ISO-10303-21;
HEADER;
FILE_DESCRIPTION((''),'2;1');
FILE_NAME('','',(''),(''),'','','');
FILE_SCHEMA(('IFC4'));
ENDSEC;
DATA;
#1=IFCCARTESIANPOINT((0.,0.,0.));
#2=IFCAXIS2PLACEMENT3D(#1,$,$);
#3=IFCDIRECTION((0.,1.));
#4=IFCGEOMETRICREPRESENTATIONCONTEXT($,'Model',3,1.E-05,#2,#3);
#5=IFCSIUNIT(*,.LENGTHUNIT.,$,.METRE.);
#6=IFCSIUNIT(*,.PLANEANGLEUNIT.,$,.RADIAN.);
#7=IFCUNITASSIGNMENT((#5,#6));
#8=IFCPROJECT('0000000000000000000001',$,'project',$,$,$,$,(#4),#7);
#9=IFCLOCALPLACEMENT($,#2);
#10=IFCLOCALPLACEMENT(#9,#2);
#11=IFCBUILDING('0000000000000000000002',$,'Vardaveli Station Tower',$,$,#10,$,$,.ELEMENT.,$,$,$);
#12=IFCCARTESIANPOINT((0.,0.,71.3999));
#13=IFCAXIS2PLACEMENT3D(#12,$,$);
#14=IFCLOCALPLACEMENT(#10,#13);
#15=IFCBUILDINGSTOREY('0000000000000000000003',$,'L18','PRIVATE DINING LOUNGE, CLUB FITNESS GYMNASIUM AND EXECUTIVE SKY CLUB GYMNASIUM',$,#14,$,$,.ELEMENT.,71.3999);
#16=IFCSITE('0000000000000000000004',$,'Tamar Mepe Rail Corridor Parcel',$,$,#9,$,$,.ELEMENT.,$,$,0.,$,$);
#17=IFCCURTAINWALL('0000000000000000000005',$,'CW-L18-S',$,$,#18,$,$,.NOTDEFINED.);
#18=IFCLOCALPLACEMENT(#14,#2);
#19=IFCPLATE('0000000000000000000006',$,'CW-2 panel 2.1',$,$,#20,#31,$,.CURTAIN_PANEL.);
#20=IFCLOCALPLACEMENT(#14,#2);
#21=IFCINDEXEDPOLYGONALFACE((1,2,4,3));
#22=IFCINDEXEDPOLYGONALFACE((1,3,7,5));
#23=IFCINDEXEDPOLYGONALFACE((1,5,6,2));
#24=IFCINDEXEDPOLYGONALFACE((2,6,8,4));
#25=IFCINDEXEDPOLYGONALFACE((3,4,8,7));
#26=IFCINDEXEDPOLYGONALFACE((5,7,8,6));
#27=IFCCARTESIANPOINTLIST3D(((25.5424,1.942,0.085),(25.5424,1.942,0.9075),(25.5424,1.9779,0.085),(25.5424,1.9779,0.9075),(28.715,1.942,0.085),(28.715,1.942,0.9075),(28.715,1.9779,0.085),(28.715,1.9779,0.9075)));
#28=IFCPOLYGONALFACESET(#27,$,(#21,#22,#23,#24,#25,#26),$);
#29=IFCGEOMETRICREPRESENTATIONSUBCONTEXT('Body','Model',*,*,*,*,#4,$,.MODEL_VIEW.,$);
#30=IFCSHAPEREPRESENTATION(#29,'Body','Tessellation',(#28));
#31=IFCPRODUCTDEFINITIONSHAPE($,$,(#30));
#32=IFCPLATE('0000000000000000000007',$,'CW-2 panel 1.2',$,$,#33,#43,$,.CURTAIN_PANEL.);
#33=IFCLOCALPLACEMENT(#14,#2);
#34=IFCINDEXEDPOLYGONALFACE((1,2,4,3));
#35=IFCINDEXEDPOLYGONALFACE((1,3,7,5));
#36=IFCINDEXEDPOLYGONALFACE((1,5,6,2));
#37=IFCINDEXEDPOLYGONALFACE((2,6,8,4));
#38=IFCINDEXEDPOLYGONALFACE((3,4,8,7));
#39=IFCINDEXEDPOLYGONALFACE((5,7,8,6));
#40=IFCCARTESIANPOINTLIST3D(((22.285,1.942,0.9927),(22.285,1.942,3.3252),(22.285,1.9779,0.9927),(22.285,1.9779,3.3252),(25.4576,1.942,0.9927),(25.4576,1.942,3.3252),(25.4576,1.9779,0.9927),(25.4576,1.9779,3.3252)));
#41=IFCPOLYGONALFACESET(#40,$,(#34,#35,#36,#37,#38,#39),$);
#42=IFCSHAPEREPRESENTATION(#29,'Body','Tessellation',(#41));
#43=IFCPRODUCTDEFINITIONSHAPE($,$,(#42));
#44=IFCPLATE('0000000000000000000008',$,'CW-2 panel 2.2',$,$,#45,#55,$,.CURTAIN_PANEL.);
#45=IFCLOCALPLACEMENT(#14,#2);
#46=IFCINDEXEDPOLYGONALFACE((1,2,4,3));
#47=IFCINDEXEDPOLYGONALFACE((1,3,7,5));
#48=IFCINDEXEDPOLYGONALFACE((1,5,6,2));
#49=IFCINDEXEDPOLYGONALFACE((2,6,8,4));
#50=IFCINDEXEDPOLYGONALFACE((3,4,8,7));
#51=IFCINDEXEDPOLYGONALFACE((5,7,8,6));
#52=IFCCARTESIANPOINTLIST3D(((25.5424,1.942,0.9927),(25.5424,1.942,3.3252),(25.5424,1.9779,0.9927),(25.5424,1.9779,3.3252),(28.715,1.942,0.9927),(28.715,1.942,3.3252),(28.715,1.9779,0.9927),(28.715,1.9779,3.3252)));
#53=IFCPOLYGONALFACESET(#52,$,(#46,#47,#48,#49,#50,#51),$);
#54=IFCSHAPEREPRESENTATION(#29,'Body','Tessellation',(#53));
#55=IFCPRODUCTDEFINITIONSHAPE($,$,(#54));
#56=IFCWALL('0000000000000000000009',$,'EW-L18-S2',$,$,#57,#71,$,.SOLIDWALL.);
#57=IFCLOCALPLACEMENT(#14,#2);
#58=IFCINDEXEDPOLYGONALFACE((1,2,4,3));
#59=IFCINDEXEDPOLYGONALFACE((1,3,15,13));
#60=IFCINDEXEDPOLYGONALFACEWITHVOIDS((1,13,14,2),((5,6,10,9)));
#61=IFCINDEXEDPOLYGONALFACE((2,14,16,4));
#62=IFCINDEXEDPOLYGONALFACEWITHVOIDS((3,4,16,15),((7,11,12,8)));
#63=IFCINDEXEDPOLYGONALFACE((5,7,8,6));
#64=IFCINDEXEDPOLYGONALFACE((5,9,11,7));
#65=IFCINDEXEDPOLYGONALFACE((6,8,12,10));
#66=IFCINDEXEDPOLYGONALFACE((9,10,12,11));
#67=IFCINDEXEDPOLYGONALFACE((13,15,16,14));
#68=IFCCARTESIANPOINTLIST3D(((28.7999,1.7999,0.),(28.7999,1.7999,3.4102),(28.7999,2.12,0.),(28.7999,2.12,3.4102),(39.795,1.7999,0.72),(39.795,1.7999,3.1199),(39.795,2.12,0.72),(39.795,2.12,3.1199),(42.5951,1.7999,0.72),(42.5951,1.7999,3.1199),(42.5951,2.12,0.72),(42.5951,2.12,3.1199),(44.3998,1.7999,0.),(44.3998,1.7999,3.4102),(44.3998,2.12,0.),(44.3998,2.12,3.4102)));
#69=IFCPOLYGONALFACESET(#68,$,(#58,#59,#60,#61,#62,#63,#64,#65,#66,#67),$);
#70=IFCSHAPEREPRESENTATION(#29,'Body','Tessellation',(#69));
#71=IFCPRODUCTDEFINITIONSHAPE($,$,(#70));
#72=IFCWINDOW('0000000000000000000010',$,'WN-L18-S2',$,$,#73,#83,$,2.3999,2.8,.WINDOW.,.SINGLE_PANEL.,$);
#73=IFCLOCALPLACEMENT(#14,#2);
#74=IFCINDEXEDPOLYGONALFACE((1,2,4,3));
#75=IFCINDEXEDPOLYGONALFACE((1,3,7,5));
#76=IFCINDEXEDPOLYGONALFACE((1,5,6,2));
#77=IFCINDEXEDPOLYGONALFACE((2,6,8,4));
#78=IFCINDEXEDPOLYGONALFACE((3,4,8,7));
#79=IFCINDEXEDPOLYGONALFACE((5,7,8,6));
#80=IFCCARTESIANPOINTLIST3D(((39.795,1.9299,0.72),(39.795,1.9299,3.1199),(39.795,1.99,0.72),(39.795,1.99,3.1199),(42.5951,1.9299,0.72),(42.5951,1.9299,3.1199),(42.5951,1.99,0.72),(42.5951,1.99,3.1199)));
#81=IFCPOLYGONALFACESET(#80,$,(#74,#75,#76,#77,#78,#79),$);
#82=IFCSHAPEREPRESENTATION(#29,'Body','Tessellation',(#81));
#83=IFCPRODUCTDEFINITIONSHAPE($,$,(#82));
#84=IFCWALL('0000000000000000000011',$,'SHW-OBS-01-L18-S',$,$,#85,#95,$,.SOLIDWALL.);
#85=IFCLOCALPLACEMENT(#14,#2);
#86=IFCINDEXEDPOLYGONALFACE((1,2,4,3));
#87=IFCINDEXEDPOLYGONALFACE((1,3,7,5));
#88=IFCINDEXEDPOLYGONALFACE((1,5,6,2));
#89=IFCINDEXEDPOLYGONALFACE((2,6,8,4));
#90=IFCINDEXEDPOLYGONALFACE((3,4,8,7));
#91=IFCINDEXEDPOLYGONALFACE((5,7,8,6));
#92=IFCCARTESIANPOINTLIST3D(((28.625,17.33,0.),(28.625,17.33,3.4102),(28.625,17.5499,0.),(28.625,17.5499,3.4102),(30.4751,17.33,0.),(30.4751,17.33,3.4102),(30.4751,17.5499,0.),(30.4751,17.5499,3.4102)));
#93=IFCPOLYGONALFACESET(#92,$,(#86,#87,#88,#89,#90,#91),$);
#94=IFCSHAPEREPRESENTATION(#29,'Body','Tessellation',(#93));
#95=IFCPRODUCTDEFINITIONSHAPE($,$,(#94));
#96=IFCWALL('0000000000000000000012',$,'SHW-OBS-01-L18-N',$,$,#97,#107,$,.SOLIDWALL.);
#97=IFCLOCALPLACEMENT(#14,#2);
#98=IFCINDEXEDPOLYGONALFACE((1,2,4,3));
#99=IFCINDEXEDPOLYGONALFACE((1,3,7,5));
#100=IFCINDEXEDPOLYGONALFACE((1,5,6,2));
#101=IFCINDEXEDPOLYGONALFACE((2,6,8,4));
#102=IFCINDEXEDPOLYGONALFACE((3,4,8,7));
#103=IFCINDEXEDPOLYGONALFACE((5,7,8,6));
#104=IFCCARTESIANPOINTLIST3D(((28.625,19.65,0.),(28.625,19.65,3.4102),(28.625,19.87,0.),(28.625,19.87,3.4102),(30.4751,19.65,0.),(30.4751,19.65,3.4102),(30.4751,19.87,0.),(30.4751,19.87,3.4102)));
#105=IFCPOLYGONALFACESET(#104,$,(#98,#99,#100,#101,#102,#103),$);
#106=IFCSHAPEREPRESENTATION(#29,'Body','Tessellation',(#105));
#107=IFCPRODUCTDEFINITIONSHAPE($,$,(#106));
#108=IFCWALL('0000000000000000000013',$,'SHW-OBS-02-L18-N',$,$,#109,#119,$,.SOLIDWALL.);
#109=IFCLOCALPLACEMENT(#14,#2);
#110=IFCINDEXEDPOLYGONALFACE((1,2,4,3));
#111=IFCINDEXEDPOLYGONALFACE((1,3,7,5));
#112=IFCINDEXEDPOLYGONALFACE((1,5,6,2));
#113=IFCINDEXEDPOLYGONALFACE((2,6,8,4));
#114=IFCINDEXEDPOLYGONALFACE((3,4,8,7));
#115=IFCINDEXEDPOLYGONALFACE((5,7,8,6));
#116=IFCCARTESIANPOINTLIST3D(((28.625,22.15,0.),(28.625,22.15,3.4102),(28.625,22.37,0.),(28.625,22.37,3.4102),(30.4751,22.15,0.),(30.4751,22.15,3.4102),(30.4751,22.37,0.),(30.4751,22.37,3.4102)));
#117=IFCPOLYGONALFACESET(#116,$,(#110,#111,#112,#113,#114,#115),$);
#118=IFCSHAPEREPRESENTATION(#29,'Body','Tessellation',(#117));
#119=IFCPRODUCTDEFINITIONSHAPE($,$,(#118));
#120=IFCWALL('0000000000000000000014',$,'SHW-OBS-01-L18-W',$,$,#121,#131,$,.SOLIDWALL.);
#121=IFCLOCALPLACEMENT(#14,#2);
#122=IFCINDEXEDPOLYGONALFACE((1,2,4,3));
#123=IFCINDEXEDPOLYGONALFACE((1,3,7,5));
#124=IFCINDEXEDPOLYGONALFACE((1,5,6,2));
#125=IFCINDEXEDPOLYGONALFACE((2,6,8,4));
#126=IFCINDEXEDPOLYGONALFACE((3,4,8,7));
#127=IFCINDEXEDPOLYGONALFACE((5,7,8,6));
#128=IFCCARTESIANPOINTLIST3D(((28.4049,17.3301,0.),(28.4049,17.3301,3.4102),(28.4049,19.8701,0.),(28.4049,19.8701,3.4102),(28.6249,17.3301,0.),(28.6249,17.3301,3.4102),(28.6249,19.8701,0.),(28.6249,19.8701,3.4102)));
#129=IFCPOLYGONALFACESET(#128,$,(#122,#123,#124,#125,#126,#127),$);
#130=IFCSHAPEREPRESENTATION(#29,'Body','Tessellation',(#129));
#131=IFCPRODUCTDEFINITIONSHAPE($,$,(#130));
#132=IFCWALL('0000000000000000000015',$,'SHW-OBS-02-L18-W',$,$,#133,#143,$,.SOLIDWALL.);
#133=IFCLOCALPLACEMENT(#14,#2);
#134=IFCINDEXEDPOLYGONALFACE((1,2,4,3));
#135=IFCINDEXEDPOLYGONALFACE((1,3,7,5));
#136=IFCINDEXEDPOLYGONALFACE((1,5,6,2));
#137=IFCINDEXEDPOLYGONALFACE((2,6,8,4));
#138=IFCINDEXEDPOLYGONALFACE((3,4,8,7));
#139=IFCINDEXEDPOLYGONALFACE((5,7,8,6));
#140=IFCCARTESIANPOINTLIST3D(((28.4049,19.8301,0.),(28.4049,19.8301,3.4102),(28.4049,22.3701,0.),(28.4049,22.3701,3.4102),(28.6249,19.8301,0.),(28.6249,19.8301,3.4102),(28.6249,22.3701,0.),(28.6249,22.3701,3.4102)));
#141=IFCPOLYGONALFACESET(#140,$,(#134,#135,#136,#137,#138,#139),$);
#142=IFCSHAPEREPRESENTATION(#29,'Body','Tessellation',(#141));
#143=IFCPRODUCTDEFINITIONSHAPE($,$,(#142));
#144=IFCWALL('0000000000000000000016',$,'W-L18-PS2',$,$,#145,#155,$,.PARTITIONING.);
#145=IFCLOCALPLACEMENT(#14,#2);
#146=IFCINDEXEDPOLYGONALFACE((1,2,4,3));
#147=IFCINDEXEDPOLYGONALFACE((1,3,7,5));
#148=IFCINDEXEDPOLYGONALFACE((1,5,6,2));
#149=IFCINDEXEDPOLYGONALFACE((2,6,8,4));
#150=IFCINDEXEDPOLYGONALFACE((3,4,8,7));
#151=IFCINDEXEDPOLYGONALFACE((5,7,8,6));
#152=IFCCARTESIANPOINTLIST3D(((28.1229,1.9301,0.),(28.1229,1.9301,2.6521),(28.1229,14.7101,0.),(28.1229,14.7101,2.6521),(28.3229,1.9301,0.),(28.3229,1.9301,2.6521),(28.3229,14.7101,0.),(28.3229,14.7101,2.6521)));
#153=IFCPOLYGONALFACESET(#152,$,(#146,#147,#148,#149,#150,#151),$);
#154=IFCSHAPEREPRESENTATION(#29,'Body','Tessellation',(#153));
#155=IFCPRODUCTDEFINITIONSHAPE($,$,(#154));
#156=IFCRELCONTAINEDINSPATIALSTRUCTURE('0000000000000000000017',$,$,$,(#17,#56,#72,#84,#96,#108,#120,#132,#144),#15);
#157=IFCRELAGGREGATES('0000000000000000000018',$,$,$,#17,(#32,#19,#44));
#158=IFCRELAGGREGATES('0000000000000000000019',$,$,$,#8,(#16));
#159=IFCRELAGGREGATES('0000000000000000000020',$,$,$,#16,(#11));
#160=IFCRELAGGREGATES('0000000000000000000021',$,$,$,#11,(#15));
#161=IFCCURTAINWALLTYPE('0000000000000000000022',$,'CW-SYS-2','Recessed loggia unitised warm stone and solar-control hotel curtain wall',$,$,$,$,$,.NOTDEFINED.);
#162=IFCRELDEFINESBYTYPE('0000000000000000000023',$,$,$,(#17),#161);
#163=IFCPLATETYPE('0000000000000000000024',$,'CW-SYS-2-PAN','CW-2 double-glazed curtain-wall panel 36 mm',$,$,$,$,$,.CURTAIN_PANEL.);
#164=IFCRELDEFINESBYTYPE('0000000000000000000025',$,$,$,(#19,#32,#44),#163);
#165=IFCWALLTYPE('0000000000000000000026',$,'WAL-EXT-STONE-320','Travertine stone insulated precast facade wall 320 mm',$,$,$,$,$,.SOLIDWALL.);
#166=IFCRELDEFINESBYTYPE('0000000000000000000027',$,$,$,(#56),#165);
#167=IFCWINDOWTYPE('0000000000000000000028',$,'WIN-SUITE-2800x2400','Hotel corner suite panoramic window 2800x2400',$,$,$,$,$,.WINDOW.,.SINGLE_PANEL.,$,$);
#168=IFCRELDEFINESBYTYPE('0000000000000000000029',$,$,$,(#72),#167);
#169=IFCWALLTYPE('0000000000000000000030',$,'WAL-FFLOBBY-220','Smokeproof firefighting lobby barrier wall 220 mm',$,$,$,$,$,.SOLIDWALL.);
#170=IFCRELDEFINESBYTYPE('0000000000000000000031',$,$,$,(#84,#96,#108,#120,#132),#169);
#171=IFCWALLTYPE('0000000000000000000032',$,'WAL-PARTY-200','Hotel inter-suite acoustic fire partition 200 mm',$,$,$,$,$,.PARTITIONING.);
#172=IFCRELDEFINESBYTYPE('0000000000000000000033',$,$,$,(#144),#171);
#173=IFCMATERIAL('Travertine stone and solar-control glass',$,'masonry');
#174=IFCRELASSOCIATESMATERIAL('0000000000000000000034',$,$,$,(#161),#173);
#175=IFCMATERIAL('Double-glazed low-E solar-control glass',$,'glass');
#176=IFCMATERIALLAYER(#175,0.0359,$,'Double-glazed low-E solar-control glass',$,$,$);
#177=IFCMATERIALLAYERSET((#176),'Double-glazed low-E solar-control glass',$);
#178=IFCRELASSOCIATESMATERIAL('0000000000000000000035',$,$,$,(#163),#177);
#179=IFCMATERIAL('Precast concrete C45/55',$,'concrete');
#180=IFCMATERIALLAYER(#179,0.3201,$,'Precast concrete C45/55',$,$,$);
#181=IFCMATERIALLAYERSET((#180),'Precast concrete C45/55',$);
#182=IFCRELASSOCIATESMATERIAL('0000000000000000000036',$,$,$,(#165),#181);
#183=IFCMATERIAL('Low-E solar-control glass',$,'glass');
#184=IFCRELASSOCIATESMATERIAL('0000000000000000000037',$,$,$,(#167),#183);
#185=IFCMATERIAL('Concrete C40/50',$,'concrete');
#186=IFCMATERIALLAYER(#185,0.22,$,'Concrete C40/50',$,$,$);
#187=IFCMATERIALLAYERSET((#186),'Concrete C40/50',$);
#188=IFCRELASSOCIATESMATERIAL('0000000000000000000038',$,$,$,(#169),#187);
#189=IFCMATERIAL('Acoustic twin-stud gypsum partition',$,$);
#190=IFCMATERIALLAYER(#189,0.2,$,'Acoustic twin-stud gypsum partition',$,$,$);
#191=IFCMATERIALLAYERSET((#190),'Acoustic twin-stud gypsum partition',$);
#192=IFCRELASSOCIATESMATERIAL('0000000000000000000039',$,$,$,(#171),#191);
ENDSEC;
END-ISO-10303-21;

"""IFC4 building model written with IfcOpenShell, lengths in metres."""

from ifc_helpers import new_model, si_unit, direction, frame, frame_2d, origin, origin_2d, place, context, subcontext, project, spatial, rectangle, extrude, source, transform, mapped, material, layer, layer_set, type_object, element, fill, aggregate, save


model = new_model("IFC4")

# Units and contexts
model_context = context("Model", 3, precision=1e-05, world=origin(), true_north=direction((0.0, 1.0)))
body_context = subcontext(model_context, "Body", "Model", "MODEL_VIEW")
ifc_project = project(units=[si_unit("LENGTHUNIT", "METRE"), si_unit("PLANEANGLEUNIT", "RADIAN")], contexts=[model_context])

# Site, building, storey
site_placement = place(None, origin())
site = spatial("IfcSite", under=ifc_project, at=site_placement, Name="Tamar Mepe Rail Corridor Parcel", CompositionType="ELEMENT", RefElevation=0.0)
building_placement = place(site_placement, origin())
building = spatial("IfcBuilding", under=site, at=building_placement, Name="Vardaveli Station Tower", CompositionType="ELEMENT")
storey_placement = place(building_placement, frame((0.0, 0.0, 71.3999)))
storey = spatial("IfcBuildingStorey", under=building, at=storey_placement, Name="L18", Description="PRIVATE DINING LOUNGE, CLUB FITNESS GYMNASIUM AND EXECUTIVE SKY CLUB GYMNASIUM", CompositionType="ELEMENT", Elevation=71.3999)

# Curtain wall, plates
ifc_material_1 = material(Name="Travertine stone and solar-control glass", Category="masonry")
curtain_wall_type = type_object("IfcCurtainWallType", Name="CW-SYS-2", Description="Recessed loggia unitised warm stone and solar-control hotel curtain wall", PredefinedType="NOTDEFINED", material=ifc_material_1)
curtain_wall_placement = place(storey_placement, origin())
curtain_wall = element("IfcCurtainWall", 1, at=curtain_wall_placement, inside=storey, type_object=curtain_wall_type, Name="CW-L18-S", PredefinedType="NOTDEFINED")
ifc_material_2 = material(Name="Double-glazed low-E solar-control glass", Category="glass")
ifc_layer_1 = layer(ifc_material_2, 0.0359, Name="Double-glazed low-E solar-control glass")
ifc_layer_set_1 = layer_set([ifc_layer_1], Name="Double-glazed low-E solar-control glass")
plate_type = type_object("IfcPlateType", Name="CW-SYS-2-PAN", Description="CW-2 double-glazed curtain-wall panel 36 mm", PredefinedType="CURTAIN_PANEL", material=ifc_layer_set_1)
shared_shape_1 = source(origin(), body_context, "Body", "SweptSolid", [
    extrude(rectangle(XDim=3.1726, YDim=0.0359, at=origin_2d()), origin(), (0.0, 0.0, 1.0), 0.8225),
])
plate_1_placement = place(storey_placement, frame((27.1287, 1.96, 0.085), z_axis=(0.0, 0.0, 1.0), x_axis=(1.0, 0.0, 0.0)))
plate_1 = element("IfcPlate", 2, at=plate_1_placement, type_object=plate_type, Name="CW-2 panel 2.1", PredefinedType="CURTAIN_PANEL", context=body_context, shape_type="MappedRepresentation", body=[
    mapped(shared_shape_1, transform((0.0, 0.0, 0.0), scale=1.0)),
])
shared_shape_2 = source(origin(), body_context, "Body", "SweptSolid", [
    extrude(rectangle(XDim=3.1726, YDim=0.0359, at=origin_2d()), origin(), (0.0, 0.0, 1.0), 2.3325),
])
plate_2_placement = place(storey_placement, frame((23.8713, 1.96, 0.9927), z_axis=(0.0, 0.0, 1.0), x_axis=(1.0, 0.0, 0.0)))
plate_2 = element("IfcPlate", 3, at=plate_2_placement, type_object=plate_type, Name="CW-2 panel 1.2", PredefinedType="CURTAIN_PANEL", context=body_context, shape_type="MappedRepresentation", body=[
    mapped(shared_shape_2, transform((0.0, 0.0, 0.0), scale=1.0)),
])
plate_3_placement = place(storey_placement, frame((27.1287, 1.96, 0.9927), z_axis=(0.0, 0.0, 1.0), x_axis=(1.0, 0.0, 0.0)))
plate_3 = element("IfcPlate", 4, at=plate_3_placement, type_object=plate_type, Name="CW-2 panel 2.2", PredefinedType="CURTAIN_PANEL", context=body_context, shape_type="MappedRepresentation", body=[
    mapped(shared_shape_2, transform((0.0, 0.0, 0.0), scale=1.0)),
])
aggregate(curtain_wall, [plate_2, plate_1, plate_3])

# Wall, opening, window
ifc_material_3 = material(Name="Precast concrete C45/55", Category="concrete")
ifc_layer_2 = layer(ifc_material_3, 0.3201, Name="Precast concrete C45/55")
ifc_layer_set_2 = layer_set([ifc_layer_2], Name="Precast concrete C45/55")
wall_type_1 = type_object("IfcWallType", Name="WAL-EXT-STONE-320", Description="Travertine stone insulated precast facade wall 320 mm", PredefinedType="SOLIDWALL", material=ifc_layer_set_2)
shared_shape_3 = source(origin(), body_context, "Body", "SweptSolid", [
    extrude(rectangle(XDim=15.5999, YDim=0.3201, at=frame_2d((7.7998, 0.0))), origin(), (0.0, 0.0, 1.0), 3.4102),
])
wall_1_placement = place(storey_placement, frame((28.8, 1.96, 0.0), z_axis=(0.0, 0.0, 1.0), x_axis=(1.0, 0.0, 0.0)))
wall_1 = element("IfcWall", 5, at=wall_1_placement, inside=storey, type_object=wall_type_1, Name="EW-L18-S2", PredefinedType="SOLIDWALL", context=body_context, shape_type="MappedRepresentation", body=[
    mapped(shared_shape_3, transform((0.0, 0.0, 0.0), scale=1.0)),
])
shared_shape_4 = source(origin(), body_context, "Body", "SweptSolid", [
    extrude(rectangle(XDim=2.8, YDim=2.3999, at=frame_2d((1.3999, 1.2))), frame((0.0, 0.1699, 0.0), z_axis=(0.0, -1.0, 0.0), x_axis=(1.0, 0.0, 0.0)), (0.0, 0.0, 1.0), 0.3401),
])
opening_1_placement = place(wall_1_placement, frame((10.9951, 0.0, 0.72)))
opening_1 = element("IfcOpeningElement", 6, at=opening_1_placement, cuts=wall_1, PredefinedType="OPENING", context=body_context, shape_type="MappedRepresentation", body=[
    mapped(shared_shape_4, transform((0.0, 0.0, 0.0), scale=1.0)),
])
ifc_material_4 = material(Name="Low-E solar-control glass", Category="glass")
window_type = type_object("IfcWindowType", Name="WIN-SUITE-2800x2400", Description="Hotel corner suite panoramic window 2800x2400", PartitioningType="SINGLE_PANEL", PredefinedType="WINDOW", material=ifc_material_4)
shared_shape_5 = source(origin(), body_context, "Body", "SweptSolid", [
    extrude(rectangle(XDim=2.8, YDim=2.3999, at=frame_2d((1.3999, 1.2))), frame((0.0, 0.03, 0.0), z_axis=(0.0, -1.0, 0.0), x_axis=(1.0, 0.0, 0.0)), (0.0, 0.0, 1.0), 0.0601),
])
window_placement = place(opening_1_placement, origin())
window = element("IfcWindow", 7, at=window_placement, inside=storey, type_object=window_type, Name="WN-L18-S2", OverallHeight=2.3999, OverallWidth=2.8, PartitioningType="SINGLE_PANEL", PredefinedType="WINDOW", context=body_context, shape_type="MappedRepresentation", body=[
    mapped(shared_shape_5, transform((0.0, 0.0, 0.0), scale=1.0)),
])
fill(opening_1, window)

# Walls
ifc_material_5 = material(Name="Concrete C40/50", Category="concrete")
ifc_layer_3 = layer(ifc_material_5, 0.22, Name="Concrete C40/50")
ifc_layer_set_3 = layer_set([ifc_layer_3], Name="Concrete C40/50")
wall_type_2 = type_object("IfcWallType", Name="WAL-FFLOBBY-220", Description="Smokeproof firefighting lobby barrier wall 220 mm", PredefinedType="SOLIDWALL", material=ifc_layer_set_3)
shared_shape_6 = source(origin(), body_context, "Body", "SweptSolid", [
    extrude(rectangle(XDim=1.8501, YDim=0.22, at=frame_2d((0.925, 0.0))), origin(), (0.0, 0.0, 1.0), 3.4102),
])
for number, where, z_axis, x_axis, name in (
    (8, (28.625, 17.4399, 0.0), (0.0, 0.0, 1.0), (1.0, 0.0, 0.0), "SHW-OBS-01-L18-S"),
    (9, (28.625, 19.76, 0.0), (0.0, 0.0, 1.0), (1.0, 0.0, 0.0), "SHW-OBS-01-L18-N"),
    (10, (28.625, 22.26, 0.0), (0.0, 0.0, 1.0), (1.0, 0.0, 0.0), "SHW-OBS-02-L18-N"),
):
    element("IfcWall", number, at=place(storey_placement, frame(where, z_axis=z_axis, x_axis=x_axis)), inside=storey, type_object=wall_type_2, Name=name, PredefinedType="SOLIDWALL", context=body_context, shape_type="MappedRepresentation", body=[
        mapped(shared_shape_6, transform((0.0, 0.0, 0.0), scale=1.0)),
    ])
shared_shape_7 = source(origin(), body_context, "Body", "SweptSolid", [
    extrude(rectangle(XDim=2.54, YDim=0.22, at=frame_2d((1.27, 0.0))), origin(), (0.0, 0.0, 1.0), 3.4102),
])
for number, where, z_axis, x_axis, name in (
    (11, (28.5149, 17.3301, 0.0), (0.0, 0.0, 1.0), (0.0, 1.0, 0.0), "SHW-OBS-01-L18-W"),
    (12, (28.5149, 19.8301, 0.0), (0.0, 0.0, 1.0), (0.0, 1.0, 0.0), "SHW-OBS-02-L18-W"),
):
    element("IfcWall", number, at=place(storey_placement, frame(where, z_axis=z_axis, x_axis=x_axis)), inside=storey, type_object=wall_type_2, Name=name, PredefinedType="SOLIDWALL", context=body_context, shape_type="MappedRepresentation", body=[
        mapped(shared_shape_7, transform((0.0, 0.0, 0.0), scale=1.0)),
    ])
ifc_material_6 = material(Name="Acoustic twin-stud gypsum partition")
ifc_layer_4 = layer(ifc_material_6, 0.2, Name="Acoustic twin-stud gypsum partition")
ifc_layer_set_4 = layer_set([ifc_layer_4], Name="Acoustic twin-stud gypsum partition")
wall_type_3 = type_object("IfcWallType", Name="WAL-PARTY-200", Description="Hotel inter-suite acoustic fire partition 200 mm", PredefinedType="PARTITIONING", material=ifc_layer_set_4)
shared_shape_8 = source(origin(), body_context, "Body", "SweptSolid", [
    extrude(rectangle(XDim=12.78, YDim=0.2, at=frame_2d((6.3901, 0.0))), origin(), (0.0, 0.0, 1.0), 2.6521),
])
wall_2_placement = place(storey_placement, frame((28.2229, 1.9299, 0.0), z_axis=(0.0, 0.0, 1.0), x_axis=(0.0, 1.0, 0.0)))
element("IfcWall", 13, at=wall_2_placement, inside=storey, type_object=wall_type_3, Name="W-L18-PS2", PredefinedType="PARTITIONING", context=body_context, shape_type="MappedRepresentation", body=[
    mapped(shared_shape_8, transform((0.0, 0.0, 0.0), scale=1.0)),
])

save(model, "model.ifc")
